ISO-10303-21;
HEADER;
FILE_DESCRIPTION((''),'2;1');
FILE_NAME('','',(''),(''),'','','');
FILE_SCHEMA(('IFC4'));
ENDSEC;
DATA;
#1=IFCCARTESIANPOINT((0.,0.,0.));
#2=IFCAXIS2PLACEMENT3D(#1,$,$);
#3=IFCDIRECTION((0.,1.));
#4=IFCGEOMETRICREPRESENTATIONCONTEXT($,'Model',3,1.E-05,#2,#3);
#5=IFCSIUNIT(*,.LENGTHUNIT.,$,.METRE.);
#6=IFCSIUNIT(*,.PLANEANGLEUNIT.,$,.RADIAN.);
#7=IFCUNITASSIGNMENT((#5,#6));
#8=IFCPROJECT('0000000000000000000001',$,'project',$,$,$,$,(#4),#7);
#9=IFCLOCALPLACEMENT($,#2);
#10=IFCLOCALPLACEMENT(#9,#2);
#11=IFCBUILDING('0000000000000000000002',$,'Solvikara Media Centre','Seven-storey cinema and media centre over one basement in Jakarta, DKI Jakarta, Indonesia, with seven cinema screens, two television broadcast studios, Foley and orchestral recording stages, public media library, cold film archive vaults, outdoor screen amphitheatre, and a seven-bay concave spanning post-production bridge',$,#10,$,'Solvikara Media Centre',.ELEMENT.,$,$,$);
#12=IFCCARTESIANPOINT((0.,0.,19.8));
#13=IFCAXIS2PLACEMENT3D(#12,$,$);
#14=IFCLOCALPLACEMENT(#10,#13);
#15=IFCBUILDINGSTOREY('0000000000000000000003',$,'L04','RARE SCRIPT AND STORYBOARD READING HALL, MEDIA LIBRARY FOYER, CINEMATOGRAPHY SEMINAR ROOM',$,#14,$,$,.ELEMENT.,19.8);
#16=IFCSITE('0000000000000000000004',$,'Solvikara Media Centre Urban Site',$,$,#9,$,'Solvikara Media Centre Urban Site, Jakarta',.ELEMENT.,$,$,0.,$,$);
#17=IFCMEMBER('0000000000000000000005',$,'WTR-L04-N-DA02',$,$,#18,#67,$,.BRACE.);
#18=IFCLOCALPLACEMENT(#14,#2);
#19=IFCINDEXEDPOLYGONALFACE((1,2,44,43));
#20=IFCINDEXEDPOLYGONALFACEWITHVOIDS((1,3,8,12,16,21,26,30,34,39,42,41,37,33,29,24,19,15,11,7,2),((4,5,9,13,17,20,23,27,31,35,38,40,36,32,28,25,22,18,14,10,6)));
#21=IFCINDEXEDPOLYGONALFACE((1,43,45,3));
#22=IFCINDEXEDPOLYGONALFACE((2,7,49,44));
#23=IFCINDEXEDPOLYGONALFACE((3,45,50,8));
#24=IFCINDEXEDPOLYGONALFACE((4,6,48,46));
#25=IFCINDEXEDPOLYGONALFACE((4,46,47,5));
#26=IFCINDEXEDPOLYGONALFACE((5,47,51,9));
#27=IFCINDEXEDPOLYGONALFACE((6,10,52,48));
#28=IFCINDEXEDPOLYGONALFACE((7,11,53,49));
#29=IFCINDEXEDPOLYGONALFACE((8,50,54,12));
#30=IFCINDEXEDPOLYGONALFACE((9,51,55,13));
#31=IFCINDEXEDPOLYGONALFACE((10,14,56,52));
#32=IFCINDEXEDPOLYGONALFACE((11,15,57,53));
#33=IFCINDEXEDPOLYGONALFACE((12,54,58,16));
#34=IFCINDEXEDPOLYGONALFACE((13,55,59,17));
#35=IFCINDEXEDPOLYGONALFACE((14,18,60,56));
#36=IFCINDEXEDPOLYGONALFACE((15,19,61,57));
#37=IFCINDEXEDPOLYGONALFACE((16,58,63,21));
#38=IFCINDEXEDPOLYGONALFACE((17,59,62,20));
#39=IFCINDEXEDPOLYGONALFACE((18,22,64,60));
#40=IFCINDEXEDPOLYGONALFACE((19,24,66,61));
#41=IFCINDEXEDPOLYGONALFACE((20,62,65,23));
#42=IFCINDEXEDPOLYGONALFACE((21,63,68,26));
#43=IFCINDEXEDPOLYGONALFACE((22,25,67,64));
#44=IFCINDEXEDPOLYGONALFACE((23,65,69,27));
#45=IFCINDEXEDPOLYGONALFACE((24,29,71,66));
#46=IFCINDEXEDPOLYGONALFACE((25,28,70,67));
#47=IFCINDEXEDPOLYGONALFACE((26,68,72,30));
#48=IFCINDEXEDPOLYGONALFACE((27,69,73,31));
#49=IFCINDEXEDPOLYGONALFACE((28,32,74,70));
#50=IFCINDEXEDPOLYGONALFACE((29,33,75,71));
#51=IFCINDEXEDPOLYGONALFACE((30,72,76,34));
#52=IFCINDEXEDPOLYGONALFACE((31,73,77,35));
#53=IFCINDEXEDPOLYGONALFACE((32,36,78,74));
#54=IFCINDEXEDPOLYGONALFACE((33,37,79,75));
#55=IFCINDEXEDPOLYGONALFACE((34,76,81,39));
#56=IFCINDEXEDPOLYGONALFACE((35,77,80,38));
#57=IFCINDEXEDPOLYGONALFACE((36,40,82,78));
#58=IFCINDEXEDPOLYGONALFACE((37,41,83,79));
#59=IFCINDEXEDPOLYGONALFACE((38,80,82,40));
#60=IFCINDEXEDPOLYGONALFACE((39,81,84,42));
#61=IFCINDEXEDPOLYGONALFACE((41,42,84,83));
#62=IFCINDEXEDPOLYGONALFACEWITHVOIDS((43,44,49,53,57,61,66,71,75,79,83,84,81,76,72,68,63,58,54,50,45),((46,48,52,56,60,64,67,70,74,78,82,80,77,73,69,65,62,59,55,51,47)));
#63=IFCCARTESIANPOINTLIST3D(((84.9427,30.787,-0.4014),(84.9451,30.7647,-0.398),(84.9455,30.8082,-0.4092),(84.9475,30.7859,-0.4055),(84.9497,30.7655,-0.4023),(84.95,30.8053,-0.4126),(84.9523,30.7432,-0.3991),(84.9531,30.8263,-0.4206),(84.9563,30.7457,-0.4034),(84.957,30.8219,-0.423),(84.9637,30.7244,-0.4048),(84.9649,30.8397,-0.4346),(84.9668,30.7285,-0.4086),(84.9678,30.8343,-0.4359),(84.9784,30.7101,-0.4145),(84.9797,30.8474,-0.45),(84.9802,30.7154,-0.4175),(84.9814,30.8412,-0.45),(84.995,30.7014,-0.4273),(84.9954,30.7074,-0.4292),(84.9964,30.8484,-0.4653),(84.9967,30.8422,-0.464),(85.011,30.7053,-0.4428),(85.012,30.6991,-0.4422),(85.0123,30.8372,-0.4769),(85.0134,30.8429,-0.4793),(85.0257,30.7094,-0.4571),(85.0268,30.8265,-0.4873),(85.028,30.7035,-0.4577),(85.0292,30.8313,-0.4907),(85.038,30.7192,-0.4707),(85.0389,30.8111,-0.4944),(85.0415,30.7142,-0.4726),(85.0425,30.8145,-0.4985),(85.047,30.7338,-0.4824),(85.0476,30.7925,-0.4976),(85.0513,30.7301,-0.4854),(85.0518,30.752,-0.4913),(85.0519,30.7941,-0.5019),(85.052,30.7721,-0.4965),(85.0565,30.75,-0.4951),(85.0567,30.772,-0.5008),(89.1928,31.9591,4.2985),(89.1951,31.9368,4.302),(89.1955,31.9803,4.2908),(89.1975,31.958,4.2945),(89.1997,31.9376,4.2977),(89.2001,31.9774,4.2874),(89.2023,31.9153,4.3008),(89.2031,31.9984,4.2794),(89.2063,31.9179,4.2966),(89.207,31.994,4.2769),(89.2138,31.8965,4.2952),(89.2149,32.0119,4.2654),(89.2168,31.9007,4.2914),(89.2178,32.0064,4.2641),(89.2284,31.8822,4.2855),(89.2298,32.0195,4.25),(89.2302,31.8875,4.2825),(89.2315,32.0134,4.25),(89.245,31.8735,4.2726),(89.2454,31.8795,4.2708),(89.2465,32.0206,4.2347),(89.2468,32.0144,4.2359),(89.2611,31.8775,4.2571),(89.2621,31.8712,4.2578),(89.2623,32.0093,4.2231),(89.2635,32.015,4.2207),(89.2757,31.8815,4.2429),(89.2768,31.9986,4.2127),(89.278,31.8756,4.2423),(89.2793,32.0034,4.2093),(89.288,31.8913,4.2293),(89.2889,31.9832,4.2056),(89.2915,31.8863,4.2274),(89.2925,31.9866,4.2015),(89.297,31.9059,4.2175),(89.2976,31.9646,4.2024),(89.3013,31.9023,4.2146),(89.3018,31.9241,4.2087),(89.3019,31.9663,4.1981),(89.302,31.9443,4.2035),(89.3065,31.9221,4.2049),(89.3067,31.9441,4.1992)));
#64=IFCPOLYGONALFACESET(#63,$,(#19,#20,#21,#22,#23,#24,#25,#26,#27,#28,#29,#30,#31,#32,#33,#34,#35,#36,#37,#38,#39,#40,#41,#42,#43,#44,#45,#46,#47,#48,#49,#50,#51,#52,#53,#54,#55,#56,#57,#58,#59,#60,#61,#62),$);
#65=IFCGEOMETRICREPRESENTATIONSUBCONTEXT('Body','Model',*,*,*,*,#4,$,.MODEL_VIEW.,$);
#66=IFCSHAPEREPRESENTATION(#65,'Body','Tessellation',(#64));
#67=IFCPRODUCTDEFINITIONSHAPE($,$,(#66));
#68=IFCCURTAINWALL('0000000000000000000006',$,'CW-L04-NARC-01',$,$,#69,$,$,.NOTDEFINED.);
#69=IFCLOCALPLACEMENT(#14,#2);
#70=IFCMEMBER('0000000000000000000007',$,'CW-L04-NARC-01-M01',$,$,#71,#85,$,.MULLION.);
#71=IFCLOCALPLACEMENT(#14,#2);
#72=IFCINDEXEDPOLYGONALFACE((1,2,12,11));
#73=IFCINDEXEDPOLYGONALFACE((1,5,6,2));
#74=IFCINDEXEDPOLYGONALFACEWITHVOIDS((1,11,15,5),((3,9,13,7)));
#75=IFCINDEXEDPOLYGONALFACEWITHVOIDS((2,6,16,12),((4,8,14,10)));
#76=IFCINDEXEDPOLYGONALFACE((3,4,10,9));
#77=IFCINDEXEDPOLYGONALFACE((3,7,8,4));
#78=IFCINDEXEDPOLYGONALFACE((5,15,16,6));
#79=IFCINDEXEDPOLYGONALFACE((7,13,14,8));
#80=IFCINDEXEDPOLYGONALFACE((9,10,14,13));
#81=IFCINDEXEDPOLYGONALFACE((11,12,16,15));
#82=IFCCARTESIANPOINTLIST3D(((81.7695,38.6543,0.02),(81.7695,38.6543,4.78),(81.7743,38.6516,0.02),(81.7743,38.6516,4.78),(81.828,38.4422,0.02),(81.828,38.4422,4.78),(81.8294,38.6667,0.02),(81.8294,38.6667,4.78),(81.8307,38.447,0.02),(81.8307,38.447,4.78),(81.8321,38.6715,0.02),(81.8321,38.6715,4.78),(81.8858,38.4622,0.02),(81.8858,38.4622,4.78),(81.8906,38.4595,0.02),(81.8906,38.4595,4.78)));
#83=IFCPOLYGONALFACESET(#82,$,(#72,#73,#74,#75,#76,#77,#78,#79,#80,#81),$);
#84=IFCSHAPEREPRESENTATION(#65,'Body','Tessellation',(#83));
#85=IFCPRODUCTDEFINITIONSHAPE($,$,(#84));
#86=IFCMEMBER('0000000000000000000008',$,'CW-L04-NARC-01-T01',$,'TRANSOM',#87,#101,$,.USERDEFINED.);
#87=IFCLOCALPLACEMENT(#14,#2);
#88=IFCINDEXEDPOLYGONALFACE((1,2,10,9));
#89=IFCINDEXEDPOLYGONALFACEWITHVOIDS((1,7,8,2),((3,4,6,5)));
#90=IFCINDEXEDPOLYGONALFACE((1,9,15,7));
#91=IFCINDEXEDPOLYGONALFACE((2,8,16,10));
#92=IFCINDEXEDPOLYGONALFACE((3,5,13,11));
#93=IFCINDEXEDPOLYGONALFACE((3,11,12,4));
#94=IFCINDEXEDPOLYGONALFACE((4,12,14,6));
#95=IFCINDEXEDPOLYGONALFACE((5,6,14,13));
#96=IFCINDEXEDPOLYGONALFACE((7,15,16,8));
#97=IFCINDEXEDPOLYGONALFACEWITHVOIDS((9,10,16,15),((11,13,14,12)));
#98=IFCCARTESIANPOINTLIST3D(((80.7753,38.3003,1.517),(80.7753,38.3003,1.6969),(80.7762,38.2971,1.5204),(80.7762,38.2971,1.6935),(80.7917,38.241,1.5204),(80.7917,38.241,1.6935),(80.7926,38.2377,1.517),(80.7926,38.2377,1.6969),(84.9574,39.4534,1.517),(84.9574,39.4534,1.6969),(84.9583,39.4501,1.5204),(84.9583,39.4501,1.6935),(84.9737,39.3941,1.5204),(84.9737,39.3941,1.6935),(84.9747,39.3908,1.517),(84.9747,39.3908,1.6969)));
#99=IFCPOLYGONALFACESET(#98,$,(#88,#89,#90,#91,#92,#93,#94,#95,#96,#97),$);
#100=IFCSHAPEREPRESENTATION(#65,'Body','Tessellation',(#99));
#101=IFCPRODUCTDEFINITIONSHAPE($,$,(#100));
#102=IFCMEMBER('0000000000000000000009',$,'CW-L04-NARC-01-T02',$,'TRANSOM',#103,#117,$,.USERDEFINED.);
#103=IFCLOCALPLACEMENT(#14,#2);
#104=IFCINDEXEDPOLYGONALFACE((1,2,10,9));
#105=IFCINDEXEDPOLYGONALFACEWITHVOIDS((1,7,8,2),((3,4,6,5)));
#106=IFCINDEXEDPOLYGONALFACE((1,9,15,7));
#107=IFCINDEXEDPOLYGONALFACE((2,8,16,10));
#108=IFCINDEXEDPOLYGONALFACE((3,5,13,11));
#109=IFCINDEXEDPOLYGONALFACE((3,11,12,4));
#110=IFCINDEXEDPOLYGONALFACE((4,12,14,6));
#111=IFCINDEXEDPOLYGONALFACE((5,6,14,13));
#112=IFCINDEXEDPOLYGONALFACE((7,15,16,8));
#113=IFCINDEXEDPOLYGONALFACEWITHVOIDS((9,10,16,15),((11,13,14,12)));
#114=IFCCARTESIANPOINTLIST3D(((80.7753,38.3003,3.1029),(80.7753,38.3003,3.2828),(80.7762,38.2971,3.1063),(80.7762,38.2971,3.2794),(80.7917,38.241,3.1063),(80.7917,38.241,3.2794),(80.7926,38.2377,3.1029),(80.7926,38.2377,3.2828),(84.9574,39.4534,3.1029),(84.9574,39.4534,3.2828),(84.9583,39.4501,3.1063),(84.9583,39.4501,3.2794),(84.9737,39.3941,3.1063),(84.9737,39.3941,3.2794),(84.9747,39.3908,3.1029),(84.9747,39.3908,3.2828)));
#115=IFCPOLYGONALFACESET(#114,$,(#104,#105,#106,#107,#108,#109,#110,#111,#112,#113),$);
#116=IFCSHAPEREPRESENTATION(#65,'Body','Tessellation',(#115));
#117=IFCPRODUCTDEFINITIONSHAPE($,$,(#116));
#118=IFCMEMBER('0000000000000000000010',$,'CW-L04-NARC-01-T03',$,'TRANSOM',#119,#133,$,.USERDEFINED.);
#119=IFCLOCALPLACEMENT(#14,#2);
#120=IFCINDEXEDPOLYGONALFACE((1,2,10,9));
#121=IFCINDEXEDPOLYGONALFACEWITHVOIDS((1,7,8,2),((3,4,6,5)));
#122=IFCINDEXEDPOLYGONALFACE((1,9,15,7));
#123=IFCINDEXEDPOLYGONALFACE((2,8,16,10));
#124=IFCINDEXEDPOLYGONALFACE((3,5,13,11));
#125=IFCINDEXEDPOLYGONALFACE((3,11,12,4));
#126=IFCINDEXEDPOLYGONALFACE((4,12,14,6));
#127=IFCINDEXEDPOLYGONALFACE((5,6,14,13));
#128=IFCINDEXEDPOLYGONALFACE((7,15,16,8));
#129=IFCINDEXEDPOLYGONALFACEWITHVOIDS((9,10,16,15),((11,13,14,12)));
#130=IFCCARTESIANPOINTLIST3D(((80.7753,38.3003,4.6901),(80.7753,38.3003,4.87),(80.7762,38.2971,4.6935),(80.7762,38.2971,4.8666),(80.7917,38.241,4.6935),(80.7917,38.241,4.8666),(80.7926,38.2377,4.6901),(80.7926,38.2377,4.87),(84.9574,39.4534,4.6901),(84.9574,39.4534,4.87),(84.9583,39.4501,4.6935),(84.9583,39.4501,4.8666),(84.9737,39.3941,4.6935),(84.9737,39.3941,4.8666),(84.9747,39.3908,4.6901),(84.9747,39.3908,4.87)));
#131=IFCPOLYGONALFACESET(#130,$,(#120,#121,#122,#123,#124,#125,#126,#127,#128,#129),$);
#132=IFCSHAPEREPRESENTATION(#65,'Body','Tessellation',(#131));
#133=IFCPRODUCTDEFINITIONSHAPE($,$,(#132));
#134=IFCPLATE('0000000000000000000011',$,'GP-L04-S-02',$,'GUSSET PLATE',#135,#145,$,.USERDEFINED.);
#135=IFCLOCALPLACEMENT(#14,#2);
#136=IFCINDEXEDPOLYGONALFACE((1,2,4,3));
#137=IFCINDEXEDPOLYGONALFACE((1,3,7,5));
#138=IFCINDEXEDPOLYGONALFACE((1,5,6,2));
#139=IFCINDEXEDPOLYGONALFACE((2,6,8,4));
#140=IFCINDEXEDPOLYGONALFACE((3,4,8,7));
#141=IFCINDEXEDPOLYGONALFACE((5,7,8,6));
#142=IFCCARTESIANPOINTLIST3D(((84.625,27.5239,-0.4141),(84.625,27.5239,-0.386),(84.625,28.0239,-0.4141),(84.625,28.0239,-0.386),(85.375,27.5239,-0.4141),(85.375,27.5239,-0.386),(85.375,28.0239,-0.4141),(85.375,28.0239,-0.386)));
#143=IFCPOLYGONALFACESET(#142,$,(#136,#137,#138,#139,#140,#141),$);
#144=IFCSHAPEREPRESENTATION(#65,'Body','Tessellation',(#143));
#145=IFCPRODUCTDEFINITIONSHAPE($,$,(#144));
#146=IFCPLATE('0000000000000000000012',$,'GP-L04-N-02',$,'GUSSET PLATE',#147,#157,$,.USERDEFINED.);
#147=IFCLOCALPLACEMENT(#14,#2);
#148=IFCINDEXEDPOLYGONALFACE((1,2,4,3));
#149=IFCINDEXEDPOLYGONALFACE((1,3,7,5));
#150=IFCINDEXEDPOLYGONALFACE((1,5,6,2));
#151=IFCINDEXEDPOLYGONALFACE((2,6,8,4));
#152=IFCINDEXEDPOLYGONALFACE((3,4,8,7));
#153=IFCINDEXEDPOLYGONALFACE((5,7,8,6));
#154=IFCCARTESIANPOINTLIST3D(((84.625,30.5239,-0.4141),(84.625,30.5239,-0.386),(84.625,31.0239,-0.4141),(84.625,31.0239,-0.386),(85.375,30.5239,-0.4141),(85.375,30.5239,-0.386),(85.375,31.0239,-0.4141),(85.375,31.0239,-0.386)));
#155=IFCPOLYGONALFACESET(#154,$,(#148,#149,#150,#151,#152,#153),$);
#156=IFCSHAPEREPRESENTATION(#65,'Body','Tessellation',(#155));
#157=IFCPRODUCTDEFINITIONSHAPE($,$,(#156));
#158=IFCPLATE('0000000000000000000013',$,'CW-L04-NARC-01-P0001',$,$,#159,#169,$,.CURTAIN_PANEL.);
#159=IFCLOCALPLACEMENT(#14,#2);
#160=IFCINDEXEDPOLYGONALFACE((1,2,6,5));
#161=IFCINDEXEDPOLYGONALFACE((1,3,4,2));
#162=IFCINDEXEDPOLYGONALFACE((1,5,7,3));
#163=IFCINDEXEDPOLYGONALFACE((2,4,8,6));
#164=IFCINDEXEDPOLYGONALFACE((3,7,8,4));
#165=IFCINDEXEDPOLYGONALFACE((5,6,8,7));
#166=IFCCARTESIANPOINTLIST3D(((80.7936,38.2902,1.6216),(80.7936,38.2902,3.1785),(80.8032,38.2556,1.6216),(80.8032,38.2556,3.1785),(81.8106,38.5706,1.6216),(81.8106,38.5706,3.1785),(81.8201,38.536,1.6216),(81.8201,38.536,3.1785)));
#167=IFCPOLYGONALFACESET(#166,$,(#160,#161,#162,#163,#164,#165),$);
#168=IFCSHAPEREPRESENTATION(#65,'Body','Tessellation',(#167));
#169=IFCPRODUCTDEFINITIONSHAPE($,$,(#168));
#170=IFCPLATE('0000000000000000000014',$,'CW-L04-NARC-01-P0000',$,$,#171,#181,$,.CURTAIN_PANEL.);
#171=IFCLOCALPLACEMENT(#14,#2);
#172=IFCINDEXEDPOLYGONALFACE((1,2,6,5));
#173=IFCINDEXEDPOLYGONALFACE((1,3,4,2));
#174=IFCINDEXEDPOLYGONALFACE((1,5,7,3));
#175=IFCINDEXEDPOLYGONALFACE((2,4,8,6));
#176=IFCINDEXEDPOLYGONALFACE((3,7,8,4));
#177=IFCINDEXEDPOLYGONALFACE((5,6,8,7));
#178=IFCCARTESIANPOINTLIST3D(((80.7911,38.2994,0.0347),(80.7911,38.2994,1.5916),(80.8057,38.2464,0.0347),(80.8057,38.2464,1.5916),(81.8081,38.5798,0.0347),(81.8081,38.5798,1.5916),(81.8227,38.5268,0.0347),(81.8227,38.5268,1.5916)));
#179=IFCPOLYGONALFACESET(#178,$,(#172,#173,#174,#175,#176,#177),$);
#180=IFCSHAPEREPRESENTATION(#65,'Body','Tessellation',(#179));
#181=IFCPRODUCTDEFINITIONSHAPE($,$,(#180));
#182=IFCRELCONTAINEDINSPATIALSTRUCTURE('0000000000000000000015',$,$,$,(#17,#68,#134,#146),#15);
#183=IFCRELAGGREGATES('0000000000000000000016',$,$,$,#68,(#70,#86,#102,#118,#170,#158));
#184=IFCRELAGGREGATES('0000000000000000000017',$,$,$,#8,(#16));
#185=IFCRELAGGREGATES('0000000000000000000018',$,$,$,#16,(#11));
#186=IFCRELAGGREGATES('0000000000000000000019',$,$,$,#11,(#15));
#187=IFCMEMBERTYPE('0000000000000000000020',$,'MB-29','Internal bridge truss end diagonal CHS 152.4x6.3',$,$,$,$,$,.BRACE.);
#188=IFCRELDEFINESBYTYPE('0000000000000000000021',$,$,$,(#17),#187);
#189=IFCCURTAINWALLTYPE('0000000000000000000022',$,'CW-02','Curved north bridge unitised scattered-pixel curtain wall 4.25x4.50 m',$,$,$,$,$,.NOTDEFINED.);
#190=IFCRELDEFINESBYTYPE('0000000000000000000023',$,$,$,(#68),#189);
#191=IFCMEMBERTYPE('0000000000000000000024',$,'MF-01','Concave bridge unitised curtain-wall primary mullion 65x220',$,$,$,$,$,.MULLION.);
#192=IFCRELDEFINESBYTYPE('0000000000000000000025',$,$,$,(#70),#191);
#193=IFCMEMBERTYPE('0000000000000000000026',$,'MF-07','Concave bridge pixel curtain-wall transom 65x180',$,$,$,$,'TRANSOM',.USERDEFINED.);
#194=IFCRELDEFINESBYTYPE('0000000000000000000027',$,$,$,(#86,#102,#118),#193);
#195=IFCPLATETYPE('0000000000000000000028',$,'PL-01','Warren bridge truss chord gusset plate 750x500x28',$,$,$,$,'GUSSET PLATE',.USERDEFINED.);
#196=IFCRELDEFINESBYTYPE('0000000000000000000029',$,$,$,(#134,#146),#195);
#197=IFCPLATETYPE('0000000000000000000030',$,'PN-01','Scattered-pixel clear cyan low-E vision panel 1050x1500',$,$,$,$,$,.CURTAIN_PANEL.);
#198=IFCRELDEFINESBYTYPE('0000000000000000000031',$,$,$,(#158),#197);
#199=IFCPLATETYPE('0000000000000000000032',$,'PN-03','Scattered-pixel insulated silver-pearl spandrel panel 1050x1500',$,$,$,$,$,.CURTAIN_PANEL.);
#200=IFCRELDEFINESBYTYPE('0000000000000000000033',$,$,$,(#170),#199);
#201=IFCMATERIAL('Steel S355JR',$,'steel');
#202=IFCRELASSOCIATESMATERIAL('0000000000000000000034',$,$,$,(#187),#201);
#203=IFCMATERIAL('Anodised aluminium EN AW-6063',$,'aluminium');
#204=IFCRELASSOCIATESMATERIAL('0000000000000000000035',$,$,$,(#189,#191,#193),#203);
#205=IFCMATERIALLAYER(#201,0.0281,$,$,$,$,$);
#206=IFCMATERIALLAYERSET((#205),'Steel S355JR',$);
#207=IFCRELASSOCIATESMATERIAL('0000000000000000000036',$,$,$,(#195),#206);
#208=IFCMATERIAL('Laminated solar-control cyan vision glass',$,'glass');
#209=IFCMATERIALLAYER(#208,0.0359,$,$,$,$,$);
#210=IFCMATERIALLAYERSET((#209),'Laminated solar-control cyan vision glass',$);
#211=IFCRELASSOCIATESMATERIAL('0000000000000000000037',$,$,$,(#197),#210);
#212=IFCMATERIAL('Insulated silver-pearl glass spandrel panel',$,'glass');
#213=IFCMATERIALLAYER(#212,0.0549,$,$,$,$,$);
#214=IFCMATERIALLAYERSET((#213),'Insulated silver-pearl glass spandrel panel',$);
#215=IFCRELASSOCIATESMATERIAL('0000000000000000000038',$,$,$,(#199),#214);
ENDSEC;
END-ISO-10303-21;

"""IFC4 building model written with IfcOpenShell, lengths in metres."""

from ifc_helpers import new_model, si_unit, direction, frame, origin, origin_2d, place, context, subcontext, project, spatial, rectangle, hollow_rectangle, hollow_circle, extrude, material, layer, layer_set, material_profile, profile_set, type_object, element, aggregate, save


model = new_model("IFC4")

# Units and contexts
model_context = context("Model", 3, precision=1e-05, world=origin(), true_north=direction((0.0, 1.0)))
body_context = subcontext(model_context, "Body", "Model", "MODEL_VIEW")
ifc_project = project(units=[si_unit("LENGTHUNIT", "METRE"), si_unit("PLANEANGLEUNIT", "RADIAN")], contexts=[model_context])

# Site, building, storey
site_placement = place(None, origin())
site = spatial("IfcSite", under=ifc_project, at=site_placement, Name="Solvikara Media Centre Urban Site", LongName="Solvikara Media Centre Urban Site, Jakarta", CompositionType="ELEMENT", RefElevation=0.0)
building_placement = place(site_placement, origin())
building = spatial("IfcBuilding", under=site, at=building_placement, Name="Solvikara Media Centre", Description="Seven-storey cinema and media centre over one basement in Jakarta, DKI Jakarta, Indonesia, with seven cinema screens, two television broadcast studios, Foley and orchestral recording stages, public media library, cold film archive vaults, outdoor screen amphitheatre, and a seven-bay concave spanning post-production bridge", LongName="Solvikara Media Centre", CompositionType="ELEMENT")
storey_placement = place(building_placement, frame((0.0, 0.0, 19.8)))
storey = spatial("IfcBuildingStorey", under=building, at=storey_placement, Name="L04", Description="RARE SCRIPT AND STORYBOARD READING HALL, MEDIA LIBRARY FOYER, CINEMATOGRAPHY SEMINAR ROOM", CompositionType="ELEMENT", Elevation=19.8)

# Shared definitions
ifc_material_1 = material(Name="Steel S355JR", Category="steel")

# Member
ifc_material_profile_1 = material_profile(ifc_material_1, hollow_circle(Radius=0.0762, WallThickness=0.0063, at=origin_2d()), Name="CHS 152.4x6.3")
ifc_profile_set_1 = profile_set([ifc_material_profile_1], Name="Steel S355JR")
member_type_1 = type_object("IfcMemberType", Name="MB-29", Description="Internal bridge truss end diagonal CHS 152.4x6.3", PredefinedType="BRACE", material=ifc_profile_set_1)
member_1_placement = place(storey_placement, frame((85.0, 30.7739, -0.45), z_axis=(0.659522, 0.181891, 0.729346), x_axis=(-0.265867, 0.96401, 0.0)))
element("IfcMember", 1, at=member_1_placement, inside=storey, type_object=member_type_1, Name="WTR-L04-N-DA02", PredefinedType="BRACE", context=body_context, shape_type="SweptSolid", body=[
    extrude(hollow_circle(Radius=0.0762, WallThickness=0.0063, at=origin_2d()), origin(), (0.0, 0.0, 1.0), 6.4441),
])

# Curtain wall, members
ifc_material_2 = material(Name="Anodised aluminium EN AW-6063", Category="aluminium")
curtain_wall_type = type_object("IfcCurtainWallType", Name="CW-02", Description="Curved north bridge unitised scattered-pixel curtain wall 4.25x4.50 m", PredefinedType="NOTDEFINED", material=ifc_material_2)
curtain_wall_placement = place(storey_placement, origin())
curtain_wall = element("IfcCurtainWall", 2, at=curtain_wall_placement, inside=storey, type_object=curtain_wall_type, Name="CW-L04-NARC-01", PredefinedType="NOTDEFINED")
ifc_material_profile_2 = material_profile(ifc_material_2, hollow_rectangle(XDim=0.0649, YDim=0.22, WallThickness=0.0039, at=origin_2d()), Name="ALU-M 65x220x4")
ifc_profile_set_2 = profile_set([ifc_material_profile_2], Name="Anodised aluminium EN AW-6063")
member_type_2 = type_object("IfcMemberType", Name="MF-01", Description="Concave bridge unitised curtain-wall primary mullion 65x220", PredefinedType="MULLION", material=ifc_profile_set_2)
member_2_placement = place(storey_placement, frame((81.8301, 38.5569, 0.02), z_axis=(0.0, 0.0, 1.0), x_axis=(0.96403, 0.265792, 0.0)))
member_2 = element("IfcMember", 3, at=member_2_placement, type_object=member_type_2, Name="CW-L04-NARC-01-M01", PredefinedType="MULLION", context=body_context, shape_type="SweptSolid", body=[
    extrude(hollow_rectangle(XDim=0.0649, YDim=0.22, WallThickness=0.0039, at=origin_2d()), origin(), (0.0, 0.0, 1.0), 4.76),
])
ifc_material_profile_3 = material_profile(ifc_material_2, hollow_rectangle(XDim=0.0649, YDim=0.1799, WallThickness=0.0034, at=origin_2d()), Name="ALU-T 65x180x3.5")
ifc_profile_set_3 = profile_set([ifc_material_profile_3], Name="Anodised aluminium EN AW-6063")
member_type_3 = type_object("IfcMemberType", Name="MF-07", Description="Concave bridge pixel curtain-wall transom 65x180", ElementType="TRANSOM", PredefinedType="USERDEFINED", material=ifc_profile_set_3)
member_3_placement = place(storey_placement, frame((80.7839, 38.269, 1.6069), z_axis=(0.964029, 0.265797, 0.0), x_axis=(-0.265797, 0.964029, 0.0)))
member_3 = element("IfcMember", 4, at=member_3_placement, type_object=member_type_3, Name="CW-L04-NARC-01-T01", ObjectType="TRANSOM", PredefinedType="USERDEFINED", context=body_context, shape_type="SweptSolid", body=[
    extrude(hollow_rectangle(XDim=0.0649, YDim=0.1799, WallThickness=0.0034, at=origin_2d()), origin(), (0.0, 0.0, 1.0), 4.3381),
])
member_4_placement = place(storey_placement, frame((80.7839, 38.269, 3.1929), z_axis=(0.964029, 0.265797, 0.0), x_axis=(-0.265797, 0.964029, 0.0)))
member_4 = element("IfcMember", 5, at=member_4_placement, type_object=member_type_3, Name="CW-L04-NARC-01-T02", ObjectType="TRANSOM", PredefinedType="USERDEFINED", context=body_context, shape_type="SweptSolid", body=[
    extrude(hollow_rectangle(XDim=0.0649, YDim=0.1799, WallThickness=0.0034, at=origin_2d()), origin(), (0.0, 0.0, 1.0), 4.3381),
])
member_5_placement = place(storey_placement, frame((80.7839, 38.269, 4.78), z_axis=(0.964029, 0.265797, 0.0), x_axis=(-0.265797, 0.964029, 0.0)))
member_5 = element("IfcMember", 6, at=member_5_placement, type_object=member_type_3, Name="CW-L04-NARC-01-T03", ObjectType="TRANSOM", PredefinedType="USERDEFINED", context=body_context, shape_type="SweptSolid", body=[
    extrude(hollow_rectangle(XDim=0.0649, YDim=0.1799, WallThickness=0.0034, at=origin_2d()), origin(), (0.0, 0.0, 1.0), 4.3381),
])

# Plates
ifc_layer_1 = layer(ifc_material_1, 0.0281)
ifc_layer_set_1 = layer_set([ifc_layer_1], Name="Steel S355JR")
plate_type_1 = type_object("IfcPlateType", Name="PL-01", Description="Warren bridge truss chord gusset plate 750x500x28", ElementType="GUSSET PLATE", PredefinedType="USERDEFINED", material=ifc_layer_set_1)
for number, where, z_axis, x_axis, name in (
    (7, (85.0, 27.7739, -0.4141), (0.0, 0.0, 1.0), (1.0, 0.0, 0.0), "GP-L04-S-02"),
    (8, (85.0, 30.7739, -0.4141), (0.0, 0.0, 1.0), (1.0, 0.0, 0.0), "GP-L04-N-02"),
):
    element("IfcPlate", number, at=place(storey_placement, frame(where, z_axis=z_axis, x_axis=x_axis)), inside=storey, type_object=plate_type_1, Name=name, ObjectType="GUSSET PLATE", PredefinedType="USERDEFINED", context=body_context, shape_type="SweptSolid", body=[
        extrude(rectangle(XDim=0.75, YDim=0.5, at=origin_2d()), origin(), (0.0, 0.0, 1.0), 0.0281),
    ])

# Plates
ifc_material_3 = material(Name="Laminated solar-control cyan vision glass", Category="glass")
ifc_layer_2 = layer(ifc_material_3, 0.0359)
ifc_layer_set_2 = layer_set([ifc_layer_2], Name="Laminated solar-control cyan vision glass")
plate_type_2 = type_object("IfcPlateType", Name="PN-01", Description="Scattered-pixel clear cyan low-E vision panel 1050x1500", PredefinedType="CURTAIN_PANEL", material=ifc_layer_set_2)
plate_1_placement = place(storey_placement, frame((81.3069, 38.4131, 1.6216), z_axis=(0.0, 0.0, 1.0), x_axis=(0.96403, 0.265792, 0.0)))
plate_1 = element("IfcPlate", 9, at=plate_1_placement, type_object=plate_type_2, Name="CW-L04-NARC-01-P0001", PredefinedType="CURTAIN_PANEL", context=body_context, shape_type="SweptSolid", body=[
    extrude(rectangle(XDim=1.0549, YDim=0.0359, at=origin_2d()), origin(), (0.0, 0.0, 1.0), 1.5569),
])
ifc_material_4 = material(Name="Insulated silver-pearl glass spandrel panel", Category="glass")
ifc_layer_3 = layer(ifc_material_4, 0.0549)
ifc_layer_set_3 = layer_set([ifc_layer_3], Name="Insulated silver-pearl glass spandrel panel")
plate_type_3 = type_object("IfcPlateType", Name="PN-03", Description="Scattered-pixel insulated silver-pearl spandrel panel 1050x1500", PredefinedType="CURTAIN_PANEL", material=ifc_layer_set_3)
plate_2_placement = place(storey_placement, frame((81.3069, 38.4131, 0.0347), z_axis=(0.0, 0.0, 1.0), x_axis=(0.96403, 0.265792, 0.0)))
plate_2 = element("IfcPlate", 10, at=plate_2_placement, type_object=plate_type_3, Name="CW-L04-NARC-01-P0000", PredefinedType="CURTAIN_PANEL", context=body_context, shape_type="SweptSolid", body=[
    extrude(rectangle(XDim=1.0549, YDim=0.0549, at=origin_2d()), origin(), (0.0, 0.0, 1.0), 1.5569),
])
aggregate(curtain_wall, [member_2, member_3, member_4, member_5, plate_2, plate_1])

save(model, "model.ifc")
